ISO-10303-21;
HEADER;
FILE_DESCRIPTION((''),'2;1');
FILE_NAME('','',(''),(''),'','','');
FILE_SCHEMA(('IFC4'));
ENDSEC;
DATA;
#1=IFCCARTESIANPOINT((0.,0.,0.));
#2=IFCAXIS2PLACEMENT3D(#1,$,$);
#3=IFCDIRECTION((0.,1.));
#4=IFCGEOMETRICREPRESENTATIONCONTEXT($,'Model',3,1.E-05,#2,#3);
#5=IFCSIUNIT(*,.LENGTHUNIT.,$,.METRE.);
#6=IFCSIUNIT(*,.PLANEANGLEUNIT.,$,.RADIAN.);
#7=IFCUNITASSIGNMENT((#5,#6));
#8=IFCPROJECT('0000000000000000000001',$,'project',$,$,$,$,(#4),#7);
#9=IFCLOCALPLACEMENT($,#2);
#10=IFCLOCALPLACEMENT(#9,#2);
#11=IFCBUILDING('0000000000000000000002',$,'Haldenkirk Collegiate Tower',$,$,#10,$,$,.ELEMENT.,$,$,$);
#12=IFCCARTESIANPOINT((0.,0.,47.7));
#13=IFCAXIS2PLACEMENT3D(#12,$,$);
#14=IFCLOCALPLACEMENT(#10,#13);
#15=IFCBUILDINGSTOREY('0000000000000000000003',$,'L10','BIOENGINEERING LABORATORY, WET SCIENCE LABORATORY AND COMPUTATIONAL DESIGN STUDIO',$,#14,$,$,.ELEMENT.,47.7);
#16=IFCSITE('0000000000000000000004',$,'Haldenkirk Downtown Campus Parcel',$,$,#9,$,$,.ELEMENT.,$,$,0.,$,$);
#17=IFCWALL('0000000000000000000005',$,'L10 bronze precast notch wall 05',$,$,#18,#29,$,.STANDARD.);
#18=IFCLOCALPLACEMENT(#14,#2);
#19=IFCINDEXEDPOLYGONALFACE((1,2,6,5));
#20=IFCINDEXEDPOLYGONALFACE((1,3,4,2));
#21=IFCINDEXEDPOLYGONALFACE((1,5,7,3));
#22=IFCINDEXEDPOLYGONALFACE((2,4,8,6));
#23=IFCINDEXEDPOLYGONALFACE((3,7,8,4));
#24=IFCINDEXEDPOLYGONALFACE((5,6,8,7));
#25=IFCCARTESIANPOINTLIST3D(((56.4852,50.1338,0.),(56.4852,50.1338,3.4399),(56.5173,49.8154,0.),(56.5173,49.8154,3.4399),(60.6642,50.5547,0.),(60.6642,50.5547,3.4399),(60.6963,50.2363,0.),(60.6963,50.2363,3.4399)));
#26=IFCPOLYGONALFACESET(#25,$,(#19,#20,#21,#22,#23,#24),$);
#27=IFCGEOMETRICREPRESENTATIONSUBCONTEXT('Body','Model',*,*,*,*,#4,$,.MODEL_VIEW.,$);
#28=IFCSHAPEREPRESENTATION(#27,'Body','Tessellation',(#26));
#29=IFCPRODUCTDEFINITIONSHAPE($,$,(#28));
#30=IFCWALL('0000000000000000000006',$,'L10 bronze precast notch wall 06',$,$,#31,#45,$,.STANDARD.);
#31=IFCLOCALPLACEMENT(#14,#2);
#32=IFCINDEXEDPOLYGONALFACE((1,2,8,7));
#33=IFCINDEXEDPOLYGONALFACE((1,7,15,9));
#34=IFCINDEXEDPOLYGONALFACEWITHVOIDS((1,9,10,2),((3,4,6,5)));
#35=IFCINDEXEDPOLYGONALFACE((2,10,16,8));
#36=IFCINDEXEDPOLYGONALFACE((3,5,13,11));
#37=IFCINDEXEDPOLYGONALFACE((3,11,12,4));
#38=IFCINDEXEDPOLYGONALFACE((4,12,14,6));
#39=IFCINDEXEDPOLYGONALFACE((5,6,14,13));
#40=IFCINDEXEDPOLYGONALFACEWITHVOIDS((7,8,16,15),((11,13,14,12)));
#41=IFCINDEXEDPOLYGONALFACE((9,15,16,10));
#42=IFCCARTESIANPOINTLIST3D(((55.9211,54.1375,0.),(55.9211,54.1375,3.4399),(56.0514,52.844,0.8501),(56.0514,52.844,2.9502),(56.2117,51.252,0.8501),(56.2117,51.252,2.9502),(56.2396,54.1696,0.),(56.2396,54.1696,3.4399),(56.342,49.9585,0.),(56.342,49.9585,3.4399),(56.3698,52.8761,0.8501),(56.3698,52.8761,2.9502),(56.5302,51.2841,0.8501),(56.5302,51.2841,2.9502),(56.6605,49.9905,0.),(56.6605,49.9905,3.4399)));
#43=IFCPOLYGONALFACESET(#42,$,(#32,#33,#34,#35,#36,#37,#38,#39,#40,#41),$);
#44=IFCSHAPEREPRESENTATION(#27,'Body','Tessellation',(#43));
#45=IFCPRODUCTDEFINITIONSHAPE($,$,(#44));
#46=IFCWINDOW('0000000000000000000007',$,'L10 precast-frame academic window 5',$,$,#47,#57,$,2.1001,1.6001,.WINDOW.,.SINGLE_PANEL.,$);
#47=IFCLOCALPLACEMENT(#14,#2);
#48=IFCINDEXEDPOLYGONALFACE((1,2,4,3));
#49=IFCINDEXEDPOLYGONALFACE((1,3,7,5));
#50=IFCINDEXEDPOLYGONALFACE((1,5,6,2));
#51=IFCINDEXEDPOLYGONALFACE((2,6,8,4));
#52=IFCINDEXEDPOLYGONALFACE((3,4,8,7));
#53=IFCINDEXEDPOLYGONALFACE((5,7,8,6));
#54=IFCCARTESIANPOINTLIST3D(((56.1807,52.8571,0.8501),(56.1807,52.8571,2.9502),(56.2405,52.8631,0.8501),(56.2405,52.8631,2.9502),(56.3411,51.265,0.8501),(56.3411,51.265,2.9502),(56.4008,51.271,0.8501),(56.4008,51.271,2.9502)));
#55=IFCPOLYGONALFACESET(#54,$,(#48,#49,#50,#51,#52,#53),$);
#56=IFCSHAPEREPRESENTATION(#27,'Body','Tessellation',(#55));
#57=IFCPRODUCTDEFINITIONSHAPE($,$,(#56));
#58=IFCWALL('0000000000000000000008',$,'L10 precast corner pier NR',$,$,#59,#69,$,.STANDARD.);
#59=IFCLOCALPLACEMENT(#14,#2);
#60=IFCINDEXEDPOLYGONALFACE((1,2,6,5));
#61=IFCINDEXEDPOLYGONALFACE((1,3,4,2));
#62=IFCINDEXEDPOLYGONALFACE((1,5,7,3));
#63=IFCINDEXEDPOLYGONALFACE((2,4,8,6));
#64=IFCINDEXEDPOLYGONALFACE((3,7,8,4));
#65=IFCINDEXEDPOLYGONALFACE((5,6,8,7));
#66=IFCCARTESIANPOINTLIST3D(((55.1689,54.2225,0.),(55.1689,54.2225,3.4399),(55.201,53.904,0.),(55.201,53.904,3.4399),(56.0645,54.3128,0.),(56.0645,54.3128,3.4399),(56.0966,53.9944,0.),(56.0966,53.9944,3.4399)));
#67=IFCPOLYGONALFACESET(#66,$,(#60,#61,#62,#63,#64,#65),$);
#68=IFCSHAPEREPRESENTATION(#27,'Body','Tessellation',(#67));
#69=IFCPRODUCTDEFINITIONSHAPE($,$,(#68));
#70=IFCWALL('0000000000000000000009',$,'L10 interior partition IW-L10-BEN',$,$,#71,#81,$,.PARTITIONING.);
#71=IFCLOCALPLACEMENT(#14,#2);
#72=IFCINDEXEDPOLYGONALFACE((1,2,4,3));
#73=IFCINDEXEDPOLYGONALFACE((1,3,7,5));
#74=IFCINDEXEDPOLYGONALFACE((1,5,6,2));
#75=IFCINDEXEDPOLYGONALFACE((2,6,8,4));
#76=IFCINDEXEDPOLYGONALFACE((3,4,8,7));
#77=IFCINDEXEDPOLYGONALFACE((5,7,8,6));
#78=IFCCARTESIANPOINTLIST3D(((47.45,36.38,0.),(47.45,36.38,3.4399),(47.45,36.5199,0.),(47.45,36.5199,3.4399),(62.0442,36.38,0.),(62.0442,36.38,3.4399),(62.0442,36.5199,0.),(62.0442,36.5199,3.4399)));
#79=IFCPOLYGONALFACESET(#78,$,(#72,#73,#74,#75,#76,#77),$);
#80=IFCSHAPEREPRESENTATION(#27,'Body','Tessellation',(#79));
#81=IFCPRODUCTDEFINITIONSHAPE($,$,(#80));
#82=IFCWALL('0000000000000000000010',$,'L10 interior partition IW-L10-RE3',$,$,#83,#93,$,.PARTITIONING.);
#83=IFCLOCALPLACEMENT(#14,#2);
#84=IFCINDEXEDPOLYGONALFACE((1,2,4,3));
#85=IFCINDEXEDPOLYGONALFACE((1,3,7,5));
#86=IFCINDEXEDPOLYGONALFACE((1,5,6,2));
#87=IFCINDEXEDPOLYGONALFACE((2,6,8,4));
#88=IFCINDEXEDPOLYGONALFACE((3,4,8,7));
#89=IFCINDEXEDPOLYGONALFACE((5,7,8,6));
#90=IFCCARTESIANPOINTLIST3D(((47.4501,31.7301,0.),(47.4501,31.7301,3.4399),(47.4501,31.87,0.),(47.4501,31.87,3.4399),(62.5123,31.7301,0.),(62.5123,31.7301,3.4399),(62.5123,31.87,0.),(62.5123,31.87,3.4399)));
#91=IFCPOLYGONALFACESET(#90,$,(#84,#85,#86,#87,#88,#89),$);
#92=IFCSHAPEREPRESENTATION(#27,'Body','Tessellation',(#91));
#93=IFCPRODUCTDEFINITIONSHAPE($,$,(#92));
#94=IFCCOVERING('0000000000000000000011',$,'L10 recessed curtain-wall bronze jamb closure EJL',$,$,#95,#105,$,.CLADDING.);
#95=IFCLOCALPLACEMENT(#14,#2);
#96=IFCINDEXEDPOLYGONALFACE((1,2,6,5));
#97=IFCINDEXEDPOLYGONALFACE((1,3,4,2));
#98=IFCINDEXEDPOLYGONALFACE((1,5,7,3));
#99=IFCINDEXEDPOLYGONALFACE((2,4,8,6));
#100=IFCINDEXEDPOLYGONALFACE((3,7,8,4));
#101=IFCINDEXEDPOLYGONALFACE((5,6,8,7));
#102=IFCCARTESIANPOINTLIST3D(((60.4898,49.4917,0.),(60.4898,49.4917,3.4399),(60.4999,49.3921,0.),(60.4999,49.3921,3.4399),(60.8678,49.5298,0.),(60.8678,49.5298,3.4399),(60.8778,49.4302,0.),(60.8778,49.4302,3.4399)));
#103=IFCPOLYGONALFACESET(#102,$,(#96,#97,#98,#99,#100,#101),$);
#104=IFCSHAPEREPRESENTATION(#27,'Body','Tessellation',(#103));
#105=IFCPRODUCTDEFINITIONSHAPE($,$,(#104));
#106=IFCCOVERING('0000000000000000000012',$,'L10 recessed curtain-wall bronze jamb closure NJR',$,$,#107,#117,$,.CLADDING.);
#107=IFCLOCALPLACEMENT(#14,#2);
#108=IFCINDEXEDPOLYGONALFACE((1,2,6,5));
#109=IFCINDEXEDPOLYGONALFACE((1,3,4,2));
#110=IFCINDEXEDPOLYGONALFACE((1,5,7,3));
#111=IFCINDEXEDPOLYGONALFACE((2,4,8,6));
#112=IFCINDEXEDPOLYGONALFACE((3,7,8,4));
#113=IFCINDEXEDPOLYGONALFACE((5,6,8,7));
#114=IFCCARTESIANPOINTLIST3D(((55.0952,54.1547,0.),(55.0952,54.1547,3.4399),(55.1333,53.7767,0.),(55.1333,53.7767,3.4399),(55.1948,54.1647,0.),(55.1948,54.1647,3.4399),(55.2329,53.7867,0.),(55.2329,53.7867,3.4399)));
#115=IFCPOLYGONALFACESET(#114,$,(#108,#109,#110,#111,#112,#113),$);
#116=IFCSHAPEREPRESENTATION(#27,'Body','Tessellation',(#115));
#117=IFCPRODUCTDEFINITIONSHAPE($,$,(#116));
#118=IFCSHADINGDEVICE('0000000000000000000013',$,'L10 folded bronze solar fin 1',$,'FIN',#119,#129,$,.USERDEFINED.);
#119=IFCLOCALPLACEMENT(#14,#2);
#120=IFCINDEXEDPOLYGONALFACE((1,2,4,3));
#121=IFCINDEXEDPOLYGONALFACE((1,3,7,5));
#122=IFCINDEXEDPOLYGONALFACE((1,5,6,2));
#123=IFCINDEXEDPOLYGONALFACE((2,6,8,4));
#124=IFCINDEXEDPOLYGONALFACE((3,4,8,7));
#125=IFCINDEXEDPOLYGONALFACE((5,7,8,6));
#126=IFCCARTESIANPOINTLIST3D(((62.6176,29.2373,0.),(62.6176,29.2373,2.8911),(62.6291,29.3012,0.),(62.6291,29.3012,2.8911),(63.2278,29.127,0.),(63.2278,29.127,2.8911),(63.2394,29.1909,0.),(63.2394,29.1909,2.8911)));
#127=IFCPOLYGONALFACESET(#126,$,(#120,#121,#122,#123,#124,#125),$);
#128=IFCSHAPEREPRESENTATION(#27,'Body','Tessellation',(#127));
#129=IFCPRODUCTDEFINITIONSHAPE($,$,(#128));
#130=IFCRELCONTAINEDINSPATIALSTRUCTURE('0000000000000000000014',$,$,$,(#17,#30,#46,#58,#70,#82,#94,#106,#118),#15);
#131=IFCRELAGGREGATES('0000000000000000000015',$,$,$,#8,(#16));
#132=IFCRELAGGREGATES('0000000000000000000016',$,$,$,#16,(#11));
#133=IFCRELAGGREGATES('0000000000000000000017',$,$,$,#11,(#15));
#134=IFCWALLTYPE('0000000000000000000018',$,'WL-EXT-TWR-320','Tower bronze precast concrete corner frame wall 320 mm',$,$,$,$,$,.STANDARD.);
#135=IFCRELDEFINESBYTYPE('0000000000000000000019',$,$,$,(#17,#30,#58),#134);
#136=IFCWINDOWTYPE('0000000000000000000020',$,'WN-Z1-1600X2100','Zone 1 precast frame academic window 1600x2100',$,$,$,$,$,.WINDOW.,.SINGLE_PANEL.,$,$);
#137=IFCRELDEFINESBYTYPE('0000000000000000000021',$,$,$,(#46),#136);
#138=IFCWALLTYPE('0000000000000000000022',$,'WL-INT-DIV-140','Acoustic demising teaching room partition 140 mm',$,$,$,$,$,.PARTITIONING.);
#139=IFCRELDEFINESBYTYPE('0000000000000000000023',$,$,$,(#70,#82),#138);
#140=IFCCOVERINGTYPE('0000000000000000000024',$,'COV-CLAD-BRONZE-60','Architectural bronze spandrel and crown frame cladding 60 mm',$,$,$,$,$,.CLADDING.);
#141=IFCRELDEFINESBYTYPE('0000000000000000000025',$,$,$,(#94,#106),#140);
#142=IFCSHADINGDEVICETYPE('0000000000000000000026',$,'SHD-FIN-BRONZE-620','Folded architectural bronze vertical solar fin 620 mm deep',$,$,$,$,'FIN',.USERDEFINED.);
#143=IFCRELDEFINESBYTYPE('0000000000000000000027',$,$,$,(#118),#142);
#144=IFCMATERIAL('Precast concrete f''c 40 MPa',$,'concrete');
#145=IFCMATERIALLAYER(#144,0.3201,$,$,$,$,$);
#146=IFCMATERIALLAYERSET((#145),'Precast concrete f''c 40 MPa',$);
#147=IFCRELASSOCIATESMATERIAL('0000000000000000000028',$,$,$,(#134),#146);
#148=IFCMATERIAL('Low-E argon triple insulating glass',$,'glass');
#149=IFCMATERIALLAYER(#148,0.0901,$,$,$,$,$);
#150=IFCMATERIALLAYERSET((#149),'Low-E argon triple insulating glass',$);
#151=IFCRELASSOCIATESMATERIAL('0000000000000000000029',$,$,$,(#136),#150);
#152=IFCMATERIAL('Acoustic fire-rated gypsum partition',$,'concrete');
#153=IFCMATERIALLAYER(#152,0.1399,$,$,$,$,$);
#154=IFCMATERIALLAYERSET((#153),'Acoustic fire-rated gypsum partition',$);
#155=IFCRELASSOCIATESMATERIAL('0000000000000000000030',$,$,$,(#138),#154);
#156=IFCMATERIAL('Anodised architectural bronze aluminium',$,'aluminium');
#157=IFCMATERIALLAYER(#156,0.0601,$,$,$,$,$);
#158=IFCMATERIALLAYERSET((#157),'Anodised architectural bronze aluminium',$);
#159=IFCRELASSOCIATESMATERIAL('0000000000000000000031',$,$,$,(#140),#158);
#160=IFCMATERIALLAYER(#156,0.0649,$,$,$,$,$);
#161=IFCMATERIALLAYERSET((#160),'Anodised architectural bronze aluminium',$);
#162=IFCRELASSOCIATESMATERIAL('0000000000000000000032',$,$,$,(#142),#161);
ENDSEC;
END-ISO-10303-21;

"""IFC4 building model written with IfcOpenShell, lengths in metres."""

from ifc_helpers import new_model, si_unit, direction, frame, frame_2d, origin, origin_2d, place, context, subcontext, project, spatial, rectangle, extrude, source, transform, mapped, material, layer, layer_set, type_object, element, fill, save


model = new_model("IFC4")

# Units and contexts
model_context = context("Model", 3, precision=1e-05, world=origin(), true_north=direction((0.0, 1.0)))
body_context = subcontext(model_context, "Body", "Model", "MODEL_VIEW")
ifc_project = project(units=[si_unit("LENGTHUNIT", "METRE"), si_unit("PLANEANGLEUNIT", "RADIAN")], contexts=[model_context])

# Site, building, storey
site_placement = place(None, origin())
site = spatial("IfcSite", under=ifc_project, at=site_placement, Name="Haldenkirk Downtown Campus Parcel", CompositionType="ELEMENT", RefElevation=0.0)
building_placement = place(site_placement, origin())
building = spatial("IfcBuilding", under=site, at=building_placement, Name="Haldenkirk Collegiate Tower", CompositionType="ELEMENT")
storey_placement = place(building_placement, frame((0.0, 0.0, 47.7)))
storey = spatial("IfcBuildingStorey", under=building, at=storey_placement, Name="L10", Description="BIOENGINEERING LABORATORY, WET SCIENCE LABORATORY AND COMPUTATIONAL DESIGN STUDIO", CompositionType="ELEMENT", Elevation=47.7)

# Shared definitions
ifc_material_1 = material(Name="Anodised architectural bronze aluminium", Category="aluminium")

# Shared definitions
ifc_material_2 = material(Name="Low-E argon triple insulating glass", Category="glass")

# Wall
ifc_material_3 = material(Name="Precast concrete f'c 40 MPa", Category="concrete")
ifc_layer_1 = layer(ifc_material_3, 0.3201)
ifc_layer_set_1 = layer_set([ifc_layer_1], Name="Precast concrete f'c 40 MPa")
wall_type_1 = type_object("IfcWallType", Name="WL-EXT-TWR-320", Description="Tower bronze precast concrete corner frame wall 320 mm", PredefinedType="STANDARD", material=ifc_layer_set_1)
wall_1_placement = place(storey_placement, frame((56.5012, 49.9746, 0.0), z_axis=(0.0, 0.0, 1.0), x_axis=(0.994966, 0.100212, 0.0)))
element("IfcWall", 1, at=wall_1_placement, inside=storey, type_object=wall_type_1, Name="L10 bronze precast notch wall 05", PredefinedType="STANDARD", context=body_context, shape_type="SweptSolid", body=[
    extrude(rectangle(XDim=4.2002, YDim=0.3201, at=frame_2d((2.1001, 0.0))), origin(), (0.0, 0.0, 1.0), 3.4399),
])

# Wall, opening, window
wall_2_placement = place(storey_placement, frame((56.0803, 54.1536, 0.0), z_axis=(0.0, 0.0, 1.0), x_axis=(0.100212, -0.994966, 0.0)))
wall_2 = element("IfcWall", 2, at=wall_2_placement, inside=storey, type_object=wall_type_1, Name="L10 bronze precast notch wall 06", PredefinedType="STANDARD", context=body_context, shape_type="SweptSolid", body=[
    extrude(rectangle(XDim=4.2002, YDim=0.3201, at=frame_2d((2.1001, 0.0))), origin(), (0.0, 0.0, 1.0), 3.4399),
])
opening_placement = place(wall_2_placement, frame((1.3, 0.0, 0.8501)))
opening = element("IfcOpeningElement", 3, at=opening_placement, cuts=wall_2, PredefinedType="OPENING", context=body_context, shape_type="SweptSolid", body=[
    extrude(rectangle(XDim=1.6001, YDim=2.1001, at=frame_2d((0.8, 1.05))), frame((0.0, 0.1699, 0.0), z_axis=(0.0, -1.0, 0.0), x_axis=(1.0, 0.0, 0.0)), (0.0, 0.0, 1.0), 0.3401),
])
ifc_layer_2 = layer(ifc_material_2, 0.0901)
ifc_layer_set_2 = layer_set([ifc_layer_2], Name="Low-E argon triple insulating glass")
window_type = type_object("IfcWindowType", Name="WN-Z1-1600X2100", Description="Zone 1 precast frame academic window 1600x2100", PartitioningType="SINGLE_PANEL", PredefinedType="WINDOW", material=ifc_layer_set_2)
window_placement = place(opening_placement, origin())
window = element("IfcWindow", 4, at=window_placement, inside=storey, type_object=window_type, Name="L10 precast-frame academic window 5", OverallHeight=2.1001, OverallWidth=1.6001, PartitioningType="SINGLE_PANEL", PredefinedType="WINDOW", context=body_context, shape_type="SweptSolid", body=[
    extrude(rectangle(XDim=1.6001, YDim=2.1001, at=frame_2d((0.8, 1.05))), frame((0.0, 0.03, 0.0), z_axis=(0.0, -1.0, 0.0), x_axis=(1.0, 0.0, 0.0)), (0.0, 0.0, 1.0), 0.0601),
])
fill(opening, window)

# Walls
wall_3_placement = place(storey_placement, frame((55.1848, 54.0632, 0.0), z_axis=(0.0, 0.0, 1.0), x_axis=(0.994951, 0.100363, 0.0)))
element("IfcWall", 5, at=wall_3_placement, inside=storey, type_object=wall_type_1, Name="L10 precast corner pier NR", PredefinedType="STANDARD", context=body_context, shape_type="SweptSolid", body=[
    extrude(rectangle(XDim=0.9001, YDim=0.3201, at=frame_2d((0.4502, 0.0))), origin(), (0.0, 0.0, 1.0), 3.4399),
])
ifc_material_4 = material(Name="Acoustic fire-rated gypsum partition", Category="concrete")
ifc_layer_3 = layer(ifc_material_4, 0.1399)
ifc_layer_set_3 = layer_set([ifc_layer_3], Name="Acoustic fire-rated gypsum partition")
wall_type_2 = type_object("IfcWallType", Name="WL-INT-DIV-140", Description="Acoustic demising teaching room partition 140 mm", PredefinedType="PARTITIONING", material=ifc_layer_set_3)
wall_4_placement = place(storey_placement, frame((47.45, 36.45, 0.0), z_axis=(0.0, 0.0, 1.0), x_axis=(1.0, 0.0, 0.0)))
element("IfcWall", 6, at=wall_4_placement, inside=storey, type_object=wall_type_2, Name="L10 interior partition IW-L10-BEN", PredefinedType="PARTITIONING", context=body_context, shape_type="SweptSolid", body=[
    extrude(rectangle(XDim=14.5942, YDim=0.1399, at=frame_2d((7.2971, 0.0))), origin(), (0.0, 0.0, 1.0), 3.4399),
])
wall_5_placement = place(storey_placement, frame((47.45, 31.8, 0.0), z_axis=(0.0, 0.0, 1.0), x_axis=(1.0, 0.0, 0.0)))
element("IfcWall", 7, at=wall_5_placement, inside=storey, type_object=wall_type_2, Name="L10 interior partition IW-L10-RE3", PredefinedType="PARTITIONING", context=body_context, shape_type="SweptSolid", body=[
    extrude(rectangle(XDim=15.0623, YDim=0.1399, at=frame_2d((7.5312, 0.0))), origin(), (0.0, 0.0, 1.0), 3.4399),
])

# Coverings
ifc_layer_4 = layer(ifc_material_1, 0.0601)
ifc_layer_set_4 = layer_set([ifc_layer_4], Name="Anodised architectural bronze aluminium")
covering_type = type_object("IfcCoveringType", Name="COV-CLAD-BRONZE-60", Description="Architectural bronze spandrel and crown frame cladding 60 mm", PredefinedType="CLADDING", material=ifc_layer_set_4)
shared_shape_1 = source(origin(), body_context, "Body", "SweptSolid", [
    extrude(rectangle(XDim=0.1001, YDim=0.3799, at=origin_2d()), origin(), (0.0, 0.0, 1.0), 3.4399),
])
for number, where, z_axis, x_axis, name in (
    (8, (60.6838, 49.4609, 0.0), (0.0, 0.0, 1.0), (0.100188, -0.994969, 0.0), "L10 recessed curtain-wall bronze jamb closure EJL"),
    (9, (55.1641, 53.9707, 0.0), (0.0, 0.0, 1.0), (0.994969, 0.100188, 0.0), "L10 recessed curtain-wall bronze jamb closure NJR"),
):
    element("IfcCovering", number, at=place(storey_placement, frame(where, z_axis=z_axis, x_axis=x_axis)), inside=storey, type_object=covering_type, Name=name, PredefinedType="CLADDING", context=body_context, shape_type="MappedRepresentation", body=[
        mapped(shared_shape_1, transform((0.0, 0.0, 0.0), x_axis=(1.0, 0.0, 0.0), y_axis=(0.0, 1.0, 0.0), z_axis=(0.0, 0.0, 1.0), scale=1.0)),
    ])

# Shading device
ifc_layer_5 = layer(ifc_material_1, 0.0649)
ifc_layer_set_5 = layer_set([ifc_layer_5], Name="Anodised architectural bronze aluminium")
shading_device_type = type_object("IfcShadingDeviceType", Name="SHD-FIN-BRONZE-620", Description="Folded architectural bronze vertical solar fin 620 mm deep", ElementType="FIN", PredefinedType="USERDEFINED", material=ifc_layer_set_5)
shared_shape_2 = source(origin(), body_context, "Body", "SweptSolid", [
    extrude(rectangle(XDim=0.6201, YDim=0.0649, at=origin_2d()), origin(), (0.0, 0.0, 1.0), 2.8911),
])
shading_device_placement = place(storey_placement, frame((62.9285, 29.2141, 0.0), z_axis=(0.0, 0.0, 1.0), x_axis=(0.984041, -0.177944, 0.0)))
element("IfcShadingDevice", 10, at=shading_device_placement, inside=storey, type_object=shading_device_type, Name="L10 folded bronze solar fin 1", ObjectType="FIN", PredefinedType="USERDEFINED", context=body_context, shape_type="MappedRepresentation", body=[
    mapped(shared_shape_2, transform((0.0, 0.0, 0.0), x_axis=(1.0, 0.0, 0.0), y_axis=(0.0, 1.0, 0.0), z_axis=(0.0, 0.0, 1.0), scale=1.0)),
])

save(model, "model.ifc")
